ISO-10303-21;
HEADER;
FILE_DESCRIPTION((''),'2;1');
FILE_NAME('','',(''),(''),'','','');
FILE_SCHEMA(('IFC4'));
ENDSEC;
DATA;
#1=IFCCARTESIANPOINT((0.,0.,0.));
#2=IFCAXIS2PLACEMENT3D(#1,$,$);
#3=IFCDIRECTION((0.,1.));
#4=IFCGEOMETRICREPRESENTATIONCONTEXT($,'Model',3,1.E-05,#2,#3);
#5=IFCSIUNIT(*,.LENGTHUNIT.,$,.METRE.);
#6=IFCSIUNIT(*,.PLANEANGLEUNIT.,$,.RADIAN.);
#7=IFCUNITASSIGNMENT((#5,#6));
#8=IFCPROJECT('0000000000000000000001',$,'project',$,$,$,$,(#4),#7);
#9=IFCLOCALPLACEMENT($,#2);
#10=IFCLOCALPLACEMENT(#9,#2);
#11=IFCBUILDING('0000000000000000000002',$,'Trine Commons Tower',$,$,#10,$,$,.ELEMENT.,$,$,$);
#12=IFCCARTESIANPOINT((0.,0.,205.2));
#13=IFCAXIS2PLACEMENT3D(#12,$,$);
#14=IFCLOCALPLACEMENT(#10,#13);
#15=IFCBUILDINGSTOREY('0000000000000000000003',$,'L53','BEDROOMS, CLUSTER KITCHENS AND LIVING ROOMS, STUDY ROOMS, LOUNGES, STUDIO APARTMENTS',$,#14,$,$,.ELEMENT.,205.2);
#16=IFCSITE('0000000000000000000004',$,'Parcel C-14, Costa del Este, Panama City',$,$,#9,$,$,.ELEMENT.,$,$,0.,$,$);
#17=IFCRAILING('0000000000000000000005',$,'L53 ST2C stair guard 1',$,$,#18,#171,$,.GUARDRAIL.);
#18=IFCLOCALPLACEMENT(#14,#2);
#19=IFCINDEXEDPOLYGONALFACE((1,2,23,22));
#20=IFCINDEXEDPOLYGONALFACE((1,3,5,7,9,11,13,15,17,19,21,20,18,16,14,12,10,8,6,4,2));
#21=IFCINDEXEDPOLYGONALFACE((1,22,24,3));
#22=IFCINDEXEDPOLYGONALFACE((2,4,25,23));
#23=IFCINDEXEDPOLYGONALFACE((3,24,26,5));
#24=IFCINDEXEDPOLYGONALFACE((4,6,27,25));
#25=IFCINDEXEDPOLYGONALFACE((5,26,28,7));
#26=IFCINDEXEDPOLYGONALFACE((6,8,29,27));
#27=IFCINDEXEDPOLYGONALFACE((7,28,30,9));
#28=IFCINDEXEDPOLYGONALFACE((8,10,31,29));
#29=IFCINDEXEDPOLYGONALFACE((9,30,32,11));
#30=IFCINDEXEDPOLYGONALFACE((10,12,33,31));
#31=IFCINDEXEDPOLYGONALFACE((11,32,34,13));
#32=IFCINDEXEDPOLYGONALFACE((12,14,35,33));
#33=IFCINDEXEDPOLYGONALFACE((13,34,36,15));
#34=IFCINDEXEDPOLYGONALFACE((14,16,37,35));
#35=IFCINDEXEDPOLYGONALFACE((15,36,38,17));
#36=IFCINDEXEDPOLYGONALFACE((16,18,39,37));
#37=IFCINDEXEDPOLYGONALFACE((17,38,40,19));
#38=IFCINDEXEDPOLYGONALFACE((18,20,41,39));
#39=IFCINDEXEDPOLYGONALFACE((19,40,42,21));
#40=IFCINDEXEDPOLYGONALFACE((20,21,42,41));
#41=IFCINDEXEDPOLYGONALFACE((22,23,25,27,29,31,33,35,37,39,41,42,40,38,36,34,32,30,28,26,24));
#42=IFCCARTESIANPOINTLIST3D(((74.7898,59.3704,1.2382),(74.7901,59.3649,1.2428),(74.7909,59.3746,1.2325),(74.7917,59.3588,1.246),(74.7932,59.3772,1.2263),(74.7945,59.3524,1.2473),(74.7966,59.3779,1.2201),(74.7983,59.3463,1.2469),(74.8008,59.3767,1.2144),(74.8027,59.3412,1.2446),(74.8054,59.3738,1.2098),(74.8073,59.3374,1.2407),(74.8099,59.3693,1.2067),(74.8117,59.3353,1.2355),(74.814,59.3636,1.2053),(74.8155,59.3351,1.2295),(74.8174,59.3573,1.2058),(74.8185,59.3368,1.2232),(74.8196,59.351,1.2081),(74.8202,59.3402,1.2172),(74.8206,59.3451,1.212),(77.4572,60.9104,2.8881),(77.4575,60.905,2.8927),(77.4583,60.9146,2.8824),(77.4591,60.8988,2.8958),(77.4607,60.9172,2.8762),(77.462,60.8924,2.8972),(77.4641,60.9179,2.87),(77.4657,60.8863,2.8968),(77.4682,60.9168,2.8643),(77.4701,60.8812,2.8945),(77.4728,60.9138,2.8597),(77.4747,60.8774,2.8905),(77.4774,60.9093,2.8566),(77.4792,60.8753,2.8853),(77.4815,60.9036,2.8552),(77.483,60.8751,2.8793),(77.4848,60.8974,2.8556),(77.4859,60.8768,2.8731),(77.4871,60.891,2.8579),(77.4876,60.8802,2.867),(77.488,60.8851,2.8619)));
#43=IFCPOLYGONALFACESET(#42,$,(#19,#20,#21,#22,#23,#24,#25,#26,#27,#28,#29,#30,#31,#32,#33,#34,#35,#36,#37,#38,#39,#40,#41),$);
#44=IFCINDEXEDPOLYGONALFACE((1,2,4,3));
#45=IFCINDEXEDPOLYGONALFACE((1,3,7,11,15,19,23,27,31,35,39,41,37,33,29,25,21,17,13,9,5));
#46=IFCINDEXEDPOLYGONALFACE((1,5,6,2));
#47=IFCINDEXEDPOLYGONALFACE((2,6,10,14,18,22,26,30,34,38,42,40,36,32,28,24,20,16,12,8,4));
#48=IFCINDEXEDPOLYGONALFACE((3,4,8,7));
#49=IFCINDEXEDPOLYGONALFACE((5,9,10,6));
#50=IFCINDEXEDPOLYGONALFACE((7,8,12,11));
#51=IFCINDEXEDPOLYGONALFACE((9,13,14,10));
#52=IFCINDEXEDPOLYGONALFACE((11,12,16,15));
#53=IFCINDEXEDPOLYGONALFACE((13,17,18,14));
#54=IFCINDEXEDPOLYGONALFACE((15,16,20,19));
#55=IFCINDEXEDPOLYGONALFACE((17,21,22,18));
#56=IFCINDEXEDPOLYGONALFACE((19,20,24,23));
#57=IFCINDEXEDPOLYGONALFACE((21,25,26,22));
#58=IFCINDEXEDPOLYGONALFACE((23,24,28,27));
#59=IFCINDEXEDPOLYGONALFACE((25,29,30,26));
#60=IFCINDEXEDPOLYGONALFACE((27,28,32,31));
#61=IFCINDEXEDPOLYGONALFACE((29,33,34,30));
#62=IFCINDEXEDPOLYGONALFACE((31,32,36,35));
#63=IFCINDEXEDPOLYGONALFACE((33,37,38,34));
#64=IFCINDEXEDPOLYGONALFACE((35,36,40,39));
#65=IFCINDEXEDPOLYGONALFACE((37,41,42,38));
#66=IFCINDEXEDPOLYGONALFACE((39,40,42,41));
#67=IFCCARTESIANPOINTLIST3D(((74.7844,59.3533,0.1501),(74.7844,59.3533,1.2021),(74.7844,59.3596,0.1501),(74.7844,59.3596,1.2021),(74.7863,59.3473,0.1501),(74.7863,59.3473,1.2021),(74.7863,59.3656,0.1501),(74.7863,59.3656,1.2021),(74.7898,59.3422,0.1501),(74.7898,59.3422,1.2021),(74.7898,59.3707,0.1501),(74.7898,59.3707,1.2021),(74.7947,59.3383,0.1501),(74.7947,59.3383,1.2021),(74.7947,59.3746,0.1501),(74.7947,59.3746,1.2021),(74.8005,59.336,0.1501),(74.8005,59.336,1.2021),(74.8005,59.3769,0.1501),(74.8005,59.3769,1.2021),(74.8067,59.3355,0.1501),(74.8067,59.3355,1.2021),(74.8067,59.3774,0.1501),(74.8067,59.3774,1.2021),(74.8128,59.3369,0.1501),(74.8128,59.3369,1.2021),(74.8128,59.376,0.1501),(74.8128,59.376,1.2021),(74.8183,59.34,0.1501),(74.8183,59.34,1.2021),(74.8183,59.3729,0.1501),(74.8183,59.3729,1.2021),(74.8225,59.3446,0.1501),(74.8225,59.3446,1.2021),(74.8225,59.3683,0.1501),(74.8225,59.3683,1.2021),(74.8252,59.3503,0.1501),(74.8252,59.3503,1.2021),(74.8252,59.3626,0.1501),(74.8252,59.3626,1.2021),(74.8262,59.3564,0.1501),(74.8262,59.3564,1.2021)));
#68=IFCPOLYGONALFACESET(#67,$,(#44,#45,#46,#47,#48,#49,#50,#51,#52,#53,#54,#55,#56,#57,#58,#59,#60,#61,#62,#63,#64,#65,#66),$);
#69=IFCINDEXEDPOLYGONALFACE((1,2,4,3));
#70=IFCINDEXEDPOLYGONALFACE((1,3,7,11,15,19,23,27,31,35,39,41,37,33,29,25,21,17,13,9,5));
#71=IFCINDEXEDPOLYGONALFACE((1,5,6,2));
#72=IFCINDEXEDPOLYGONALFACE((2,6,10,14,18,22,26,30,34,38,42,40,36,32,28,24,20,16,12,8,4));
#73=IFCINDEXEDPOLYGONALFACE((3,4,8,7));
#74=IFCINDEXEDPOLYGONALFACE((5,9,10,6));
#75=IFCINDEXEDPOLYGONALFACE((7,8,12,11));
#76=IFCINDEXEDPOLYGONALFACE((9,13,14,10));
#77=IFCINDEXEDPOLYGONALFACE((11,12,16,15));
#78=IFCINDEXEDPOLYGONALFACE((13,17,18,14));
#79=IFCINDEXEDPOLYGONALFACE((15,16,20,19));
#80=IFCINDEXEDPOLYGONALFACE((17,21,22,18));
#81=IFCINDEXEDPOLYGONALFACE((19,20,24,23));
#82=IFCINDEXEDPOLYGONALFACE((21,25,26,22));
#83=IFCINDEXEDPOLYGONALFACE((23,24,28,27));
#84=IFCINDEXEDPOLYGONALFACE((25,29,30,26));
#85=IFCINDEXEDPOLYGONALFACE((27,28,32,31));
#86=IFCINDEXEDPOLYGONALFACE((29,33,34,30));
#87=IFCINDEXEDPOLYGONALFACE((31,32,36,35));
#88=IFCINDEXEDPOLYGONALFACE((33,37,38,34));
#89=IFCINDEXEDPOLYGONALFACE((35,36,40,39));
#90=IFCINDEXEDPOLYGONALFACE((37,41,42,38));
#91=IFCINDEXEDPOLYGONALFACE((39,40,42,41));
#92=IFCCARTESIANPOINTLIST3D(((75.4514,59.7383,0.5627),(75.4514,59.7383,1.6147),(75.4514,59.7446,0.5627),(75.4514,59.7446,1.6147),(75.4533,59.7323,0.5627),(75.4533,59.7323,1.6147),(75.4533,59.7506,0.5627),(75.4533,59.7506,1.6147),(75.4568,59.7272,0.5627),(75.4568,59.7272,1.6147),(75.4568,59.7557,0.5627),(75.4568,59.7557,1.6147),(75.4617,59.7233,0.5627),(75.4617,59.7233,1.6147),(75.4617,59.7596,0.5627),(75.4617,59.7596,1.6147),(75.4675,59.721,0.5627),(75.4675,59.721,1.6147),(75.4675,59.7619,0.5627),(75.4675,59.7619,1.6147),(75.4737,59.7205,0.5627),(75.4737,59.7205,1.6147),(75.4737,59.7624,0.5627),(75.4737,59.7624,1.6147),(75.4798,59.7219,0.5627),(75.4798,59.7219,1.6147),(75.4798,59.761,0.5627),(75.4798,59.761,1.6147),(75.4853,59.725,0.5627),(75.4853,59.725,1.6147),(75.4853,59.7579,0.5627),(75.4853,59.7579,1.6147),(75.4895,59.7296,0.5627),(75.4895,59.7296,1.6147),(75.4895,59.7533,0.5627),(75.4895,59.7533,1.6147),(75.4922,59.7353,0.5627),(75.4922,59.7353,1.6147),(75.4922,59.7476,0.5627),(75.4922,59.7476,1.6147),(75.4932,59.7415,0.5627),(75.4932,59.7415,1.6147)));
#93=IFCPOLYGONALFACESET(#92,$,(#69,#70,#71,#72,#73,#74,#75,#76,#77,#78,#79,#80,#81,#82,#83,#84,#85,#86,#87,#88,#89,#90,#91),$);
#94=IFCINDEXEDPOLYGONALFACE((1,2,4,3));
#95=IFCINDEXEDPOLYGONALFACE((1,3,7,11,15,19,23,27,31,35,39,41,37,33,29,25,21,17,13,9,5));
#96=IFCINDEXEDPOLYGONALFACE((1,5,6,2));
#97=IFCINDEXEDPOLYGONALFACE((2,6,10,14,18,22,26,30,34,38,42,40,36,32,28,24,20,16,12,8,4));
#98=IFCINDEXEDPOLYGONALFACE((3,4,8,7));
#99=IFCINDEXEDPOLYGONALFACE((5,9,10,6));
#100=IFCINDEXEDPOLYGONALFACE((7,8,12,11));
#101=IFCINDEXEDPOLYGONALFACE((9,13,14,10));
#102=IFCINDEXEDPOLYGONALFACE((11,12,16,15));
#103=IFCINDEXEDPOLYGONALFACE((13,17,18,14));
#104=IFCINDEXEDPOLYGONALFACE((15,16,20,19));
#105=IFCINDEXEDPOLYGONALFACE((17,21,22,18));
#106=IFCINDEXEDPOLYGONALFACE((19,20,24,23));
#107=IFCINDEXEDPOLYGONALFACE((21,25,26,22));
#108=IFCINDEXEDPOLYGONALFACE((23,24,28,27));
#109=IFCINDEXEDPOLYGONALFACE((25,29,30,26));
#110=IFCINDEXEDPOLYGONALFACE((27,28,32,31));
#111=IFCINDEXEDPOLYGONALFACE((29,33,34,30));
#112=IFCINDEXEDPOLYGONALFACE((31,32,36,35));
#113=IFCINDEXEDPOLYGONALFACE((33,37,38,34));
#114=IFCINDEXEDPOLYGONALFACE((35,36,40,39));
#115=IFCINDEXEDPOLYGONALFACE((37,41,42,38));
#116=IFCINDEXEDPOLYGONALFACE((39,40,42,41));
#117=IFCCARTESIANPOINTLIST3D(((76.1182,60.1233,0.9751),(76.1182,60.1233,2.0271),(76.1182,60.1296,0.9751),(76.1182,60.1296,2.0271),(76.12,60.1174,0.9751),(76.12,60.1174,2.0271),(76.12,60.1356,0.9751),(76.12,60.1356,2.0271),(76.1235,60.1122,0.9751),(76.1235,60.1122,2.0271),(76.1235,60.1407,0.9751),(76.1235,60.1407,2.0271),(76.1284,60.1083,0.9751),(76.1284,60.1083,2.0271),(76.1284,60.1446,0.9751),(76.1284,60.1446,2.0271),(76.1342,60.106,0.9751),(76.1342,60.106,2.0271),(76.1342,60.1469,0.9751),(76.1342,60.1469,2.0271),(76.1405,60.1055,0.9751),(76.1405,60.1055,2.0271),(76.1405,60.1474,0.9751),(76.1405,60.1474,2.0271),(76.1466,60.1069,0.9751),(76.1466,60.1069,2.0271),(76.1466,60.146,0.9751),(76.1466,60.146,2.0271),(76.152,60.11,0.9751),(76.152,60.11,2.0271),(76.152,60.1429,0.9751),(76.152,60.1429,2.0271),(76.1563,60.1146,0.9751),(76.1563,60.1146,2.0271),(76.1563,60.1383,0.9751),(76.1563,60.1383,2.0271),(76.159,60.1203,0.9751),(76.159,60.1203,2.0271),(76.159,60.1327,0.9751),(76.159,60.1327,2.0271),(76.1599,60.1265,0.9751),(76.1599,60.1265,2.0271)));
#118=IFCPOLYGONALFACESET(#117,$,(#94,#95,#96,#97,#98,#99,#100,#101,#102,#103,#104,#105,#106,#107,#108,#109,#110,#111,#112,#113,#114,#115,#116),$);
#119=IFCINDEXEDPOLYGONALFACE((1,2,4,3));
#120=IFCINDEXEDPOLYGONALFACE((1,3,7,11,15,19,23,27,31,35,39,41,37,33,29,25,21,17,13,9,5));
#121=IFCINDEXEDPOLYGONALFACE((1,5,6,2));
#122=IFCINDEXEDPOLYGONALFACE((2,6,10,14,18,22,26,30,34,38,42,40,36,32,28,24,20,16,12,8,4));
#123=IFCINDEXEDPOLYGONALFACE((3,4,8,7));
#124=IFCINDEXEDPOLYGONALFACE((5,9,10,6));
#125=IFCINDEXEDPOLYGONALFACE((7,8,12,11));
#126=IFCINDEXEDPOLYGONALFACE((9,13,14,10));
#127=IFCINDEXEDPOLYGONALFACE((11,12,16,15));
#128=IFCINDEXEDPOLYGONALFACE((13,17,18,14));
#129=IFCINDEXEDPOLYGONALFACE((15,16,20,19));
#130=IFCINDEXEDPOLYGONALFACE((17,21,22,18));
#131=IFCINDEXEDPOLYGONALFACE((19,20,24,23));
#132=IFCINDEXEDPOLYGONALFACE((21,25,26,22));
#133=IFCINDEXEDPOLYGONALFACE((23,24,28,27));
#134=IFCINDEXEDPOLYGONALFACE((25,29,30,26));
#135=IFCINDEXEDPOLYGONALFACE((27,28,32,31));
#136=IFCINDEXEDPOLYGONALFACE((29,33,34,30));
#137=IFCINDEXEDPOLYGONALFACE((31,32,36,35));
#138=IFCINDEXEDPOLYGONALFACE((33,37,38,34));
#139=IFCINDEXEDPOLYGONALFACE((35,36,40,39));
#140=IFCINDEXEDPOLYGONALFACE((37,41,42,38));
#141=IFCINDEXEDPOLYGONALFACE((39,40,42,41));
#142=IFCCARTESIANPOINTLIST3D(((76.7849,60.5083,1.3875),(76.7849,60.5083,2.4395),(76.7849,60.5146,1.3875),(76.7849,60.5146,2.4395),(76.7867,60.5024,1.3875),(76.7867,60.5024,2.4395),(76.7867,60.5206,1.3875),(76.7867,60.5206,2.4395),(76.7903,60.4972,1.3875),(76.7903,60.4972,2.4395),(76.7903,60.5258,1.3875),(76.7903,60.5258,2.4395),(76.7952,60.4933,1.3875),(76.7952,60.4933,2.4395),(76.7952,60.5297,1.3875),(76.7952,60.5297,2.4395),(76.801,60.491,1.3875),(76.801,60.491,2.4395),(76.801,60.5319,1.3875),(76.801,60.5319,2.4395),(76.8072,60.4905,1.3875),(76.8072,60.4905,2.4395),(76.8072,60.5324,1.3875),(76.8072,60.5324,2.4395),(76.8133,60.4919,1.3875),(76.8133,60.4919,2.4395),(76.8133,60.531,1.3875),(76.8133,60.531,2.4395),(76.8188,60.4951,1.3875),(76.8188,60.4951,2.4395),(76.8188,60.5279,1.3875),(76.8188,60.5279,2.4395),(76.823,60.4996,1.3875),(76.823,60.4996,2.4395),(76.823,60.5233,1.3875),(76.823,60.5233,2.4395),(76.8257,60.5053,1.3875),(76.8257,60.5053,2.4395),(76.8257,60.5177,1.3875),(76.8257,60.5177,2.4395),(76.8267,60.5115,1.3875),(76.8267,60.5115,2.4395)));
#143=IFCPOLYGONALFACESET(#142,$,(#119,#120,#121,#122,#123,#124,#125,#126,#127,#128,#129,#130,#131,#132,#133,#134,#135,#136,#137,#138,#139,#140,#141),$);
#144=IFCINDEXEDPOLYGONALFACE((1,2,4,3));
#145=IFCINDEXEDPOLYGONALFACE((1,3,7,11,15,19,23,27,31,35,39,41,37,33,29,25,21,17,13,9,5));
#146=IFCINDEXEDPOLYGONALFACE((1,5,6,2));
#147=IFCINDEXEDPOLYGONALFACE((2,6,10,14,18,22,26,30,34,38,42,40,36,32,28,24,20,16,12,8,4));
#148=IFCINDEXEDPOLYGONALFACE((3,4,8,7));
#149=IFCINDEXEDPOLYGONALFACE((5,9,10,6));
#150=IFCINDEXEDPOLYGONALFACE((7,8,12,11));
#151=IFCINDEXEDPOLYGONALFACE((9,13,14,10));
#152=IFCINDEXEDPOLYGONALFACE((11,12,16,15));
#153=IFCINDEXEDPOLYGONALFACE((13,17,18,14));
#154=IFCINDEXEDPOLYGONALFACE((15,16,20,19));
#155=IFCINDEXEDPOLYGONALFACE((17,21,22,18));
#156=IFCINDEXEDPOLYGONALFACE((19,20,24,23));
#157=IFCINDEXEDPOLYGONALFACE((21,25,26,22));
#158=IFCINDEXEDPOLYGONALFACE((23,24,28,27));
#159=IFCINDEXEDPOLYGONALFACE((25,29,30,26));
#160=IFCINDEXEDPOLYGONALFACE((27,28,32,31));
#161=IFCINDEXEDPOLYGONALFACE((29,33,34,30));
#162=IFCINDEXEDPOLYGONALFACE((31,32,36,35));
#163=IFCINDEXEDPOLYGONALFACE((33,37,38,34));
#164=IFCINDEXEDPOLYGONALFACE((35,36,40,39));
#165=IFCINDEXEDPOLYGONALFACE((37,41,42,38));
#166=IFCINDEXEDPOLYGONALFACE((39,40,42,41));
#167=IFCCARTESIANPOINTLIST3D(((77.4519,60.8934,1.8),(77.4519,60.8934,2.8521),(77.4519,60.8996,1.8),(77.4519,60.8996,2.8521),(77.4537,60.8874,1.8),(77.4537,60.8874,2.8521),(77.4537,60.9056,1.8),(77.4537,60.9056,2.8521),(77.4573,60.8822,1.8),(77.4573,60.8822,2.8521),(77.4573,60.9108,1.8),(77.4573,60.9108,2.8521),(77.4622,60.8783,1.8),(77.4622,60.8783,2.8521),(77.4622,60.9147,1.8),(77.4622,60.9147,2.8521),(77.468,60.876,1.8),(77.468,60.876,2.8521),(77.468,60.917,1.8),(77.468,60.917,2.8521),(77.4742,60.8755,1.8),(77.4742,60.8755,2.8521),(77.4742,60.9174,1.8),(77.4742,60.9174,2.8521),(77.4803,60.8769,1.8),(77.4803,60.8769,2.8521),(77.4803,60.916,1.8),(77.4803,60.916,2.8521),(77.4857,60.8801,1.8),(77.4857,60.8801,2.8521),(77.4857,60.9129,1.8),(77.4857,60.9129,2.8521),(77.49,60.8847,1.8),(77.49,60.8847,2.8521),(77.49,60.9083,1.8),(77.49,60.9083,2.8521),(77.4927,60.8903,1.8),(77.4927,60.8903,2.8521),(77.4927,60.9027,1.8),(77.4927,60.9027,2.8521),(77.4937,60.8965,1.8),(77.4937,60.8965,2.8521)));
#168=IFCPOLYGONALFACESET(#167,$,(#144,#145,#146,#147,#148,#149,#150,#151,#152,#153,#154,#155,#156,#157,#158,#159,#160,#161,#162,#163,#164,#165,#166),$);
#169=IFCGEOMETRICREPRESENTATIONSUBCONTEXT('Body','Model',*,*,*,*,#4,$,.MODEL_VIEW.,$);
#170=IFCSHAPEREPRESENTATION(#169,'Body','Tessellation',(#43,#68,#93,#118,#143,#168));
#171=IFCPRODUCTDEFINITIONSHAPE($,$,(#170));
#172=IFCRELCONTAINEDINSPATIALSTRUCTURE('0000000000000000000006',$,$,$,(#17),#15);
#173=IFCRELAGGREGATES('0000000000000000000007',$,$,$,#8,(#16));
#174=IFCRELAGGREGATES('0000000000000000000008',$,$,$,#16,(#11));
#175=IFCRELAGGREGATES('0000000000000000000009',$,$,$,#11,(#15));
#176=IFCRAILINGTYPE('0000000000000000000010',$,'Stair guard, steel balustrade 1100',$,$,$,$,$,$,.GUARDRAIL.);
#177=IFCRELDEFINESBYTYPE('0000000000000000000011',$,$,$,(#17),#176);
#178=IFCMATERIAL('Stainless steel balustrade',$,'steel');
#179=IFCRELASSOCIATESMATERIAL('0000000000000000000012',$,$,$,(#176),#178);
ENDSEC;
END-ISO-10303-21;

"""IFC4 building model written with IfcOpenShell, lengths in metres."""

from ifc_helpers import new_model, si_unit, direction, frame, origin, origin_2d, place, context, subcontext, project, spatial, circle, extrude, material, type_object, element, save


model = new_model("IFC4")

# Units and contexts
model_context = context("Model", 3, precision=1e-05, world=origin(), true_north=direction((0.0, 1.0)))
body_context = subcontext(model_context, "Body", "Model", "MODEL_VIEW")
ifc_project = project(units=[si_unit("LENGTHUNIT", "METRE"), si_unit("PLANEANGLEUNIT", "RADIAN")], contexts=[model_context])

# Site, building, storey
site_placement = place(None, origin())
site = spatial("IfcSite", under=ifc_project, at=site_placement, Name="Parcel C-14, Costa del Este, Panama City", CompositionType="ELEMENT", RefElevation=0.0)
building_placement = place(site_placement, origin())
building = spatial("IfcBuilding", under=site, at=building_placement, Name="Trine Commons Tower", CompositionType="ELEMENT")
storey_placement = place(building_placement, frame((0.0, 0.0, 205.2)))
storey = spatial("IfcBuildingStorey", under=building, at=storey_placement, Name="L53", Description="BEDROOMS, CLUSTER KITCHENS AND LIVING ROOMS, STUDY ROOMS, LOUNGES, STUDIO APARTMENTS", CompositionType="ELEMENT", Elevation=205.2)

# Railing
ifc_material_1 = material(Name="Stainless steel balustrade", Category="steel")
railing_type_1 = type_object("IfcRailingType", Name="Stair guard, steel balustrade 1100", PredefinedType="GUARDRAIL", material=ifc_material_1)
railing_1_placement = place(storey_placement, frame((74.8052, 59.3564, 0.1501)))
element("IfcRailing", 1, at=railing_1_placement, inside=storey, type_object=railing_type_1, Name="L53 ST2C stair guard 1", PredefinedType="GUARDRAIL", context=body_context, shape_type="SweptSolid", body=[
    extrude(circle(Radius=0.0239, at=origin_2d()), frame((0.0, 0.0, 1.0762), z_axis=(0.763405, 0.440743, 0.472185), x_axis=(-0.499992, 0.86603, 0.0)), (0.0, 0.0, 1.0), 3.4941),
    extrude(circle(Radius=0.021, at=origin_2d()), origin(), (0.0, 0.0, 1.0), 1.052),
    extrude(circle(Radius=0.021, at=origin_2d()), frame((0.667, 0.385, 0.4126)), (0.0, 0.0, 1.0), 1.052),
    extrude(circle(Radius=0.021, at=origin_2d()), frame((1.3337, 0.77, 0.825)), (0.0, 0.0, 1.0), 1.052),
    extrude(circle(Radius=0.021, at=origin_2d()), frame((2.0005, 1.155, 1.2373)), (0.0, 0.0, 1.0), 1.052),
    extrude(circle(Radius=0.021, at=origin_2d()), frame((2.6675, 1.54, 1.6499)), (0.0, 0.0, 1.0), 1.052),
])

save(model, "model.ifc")
